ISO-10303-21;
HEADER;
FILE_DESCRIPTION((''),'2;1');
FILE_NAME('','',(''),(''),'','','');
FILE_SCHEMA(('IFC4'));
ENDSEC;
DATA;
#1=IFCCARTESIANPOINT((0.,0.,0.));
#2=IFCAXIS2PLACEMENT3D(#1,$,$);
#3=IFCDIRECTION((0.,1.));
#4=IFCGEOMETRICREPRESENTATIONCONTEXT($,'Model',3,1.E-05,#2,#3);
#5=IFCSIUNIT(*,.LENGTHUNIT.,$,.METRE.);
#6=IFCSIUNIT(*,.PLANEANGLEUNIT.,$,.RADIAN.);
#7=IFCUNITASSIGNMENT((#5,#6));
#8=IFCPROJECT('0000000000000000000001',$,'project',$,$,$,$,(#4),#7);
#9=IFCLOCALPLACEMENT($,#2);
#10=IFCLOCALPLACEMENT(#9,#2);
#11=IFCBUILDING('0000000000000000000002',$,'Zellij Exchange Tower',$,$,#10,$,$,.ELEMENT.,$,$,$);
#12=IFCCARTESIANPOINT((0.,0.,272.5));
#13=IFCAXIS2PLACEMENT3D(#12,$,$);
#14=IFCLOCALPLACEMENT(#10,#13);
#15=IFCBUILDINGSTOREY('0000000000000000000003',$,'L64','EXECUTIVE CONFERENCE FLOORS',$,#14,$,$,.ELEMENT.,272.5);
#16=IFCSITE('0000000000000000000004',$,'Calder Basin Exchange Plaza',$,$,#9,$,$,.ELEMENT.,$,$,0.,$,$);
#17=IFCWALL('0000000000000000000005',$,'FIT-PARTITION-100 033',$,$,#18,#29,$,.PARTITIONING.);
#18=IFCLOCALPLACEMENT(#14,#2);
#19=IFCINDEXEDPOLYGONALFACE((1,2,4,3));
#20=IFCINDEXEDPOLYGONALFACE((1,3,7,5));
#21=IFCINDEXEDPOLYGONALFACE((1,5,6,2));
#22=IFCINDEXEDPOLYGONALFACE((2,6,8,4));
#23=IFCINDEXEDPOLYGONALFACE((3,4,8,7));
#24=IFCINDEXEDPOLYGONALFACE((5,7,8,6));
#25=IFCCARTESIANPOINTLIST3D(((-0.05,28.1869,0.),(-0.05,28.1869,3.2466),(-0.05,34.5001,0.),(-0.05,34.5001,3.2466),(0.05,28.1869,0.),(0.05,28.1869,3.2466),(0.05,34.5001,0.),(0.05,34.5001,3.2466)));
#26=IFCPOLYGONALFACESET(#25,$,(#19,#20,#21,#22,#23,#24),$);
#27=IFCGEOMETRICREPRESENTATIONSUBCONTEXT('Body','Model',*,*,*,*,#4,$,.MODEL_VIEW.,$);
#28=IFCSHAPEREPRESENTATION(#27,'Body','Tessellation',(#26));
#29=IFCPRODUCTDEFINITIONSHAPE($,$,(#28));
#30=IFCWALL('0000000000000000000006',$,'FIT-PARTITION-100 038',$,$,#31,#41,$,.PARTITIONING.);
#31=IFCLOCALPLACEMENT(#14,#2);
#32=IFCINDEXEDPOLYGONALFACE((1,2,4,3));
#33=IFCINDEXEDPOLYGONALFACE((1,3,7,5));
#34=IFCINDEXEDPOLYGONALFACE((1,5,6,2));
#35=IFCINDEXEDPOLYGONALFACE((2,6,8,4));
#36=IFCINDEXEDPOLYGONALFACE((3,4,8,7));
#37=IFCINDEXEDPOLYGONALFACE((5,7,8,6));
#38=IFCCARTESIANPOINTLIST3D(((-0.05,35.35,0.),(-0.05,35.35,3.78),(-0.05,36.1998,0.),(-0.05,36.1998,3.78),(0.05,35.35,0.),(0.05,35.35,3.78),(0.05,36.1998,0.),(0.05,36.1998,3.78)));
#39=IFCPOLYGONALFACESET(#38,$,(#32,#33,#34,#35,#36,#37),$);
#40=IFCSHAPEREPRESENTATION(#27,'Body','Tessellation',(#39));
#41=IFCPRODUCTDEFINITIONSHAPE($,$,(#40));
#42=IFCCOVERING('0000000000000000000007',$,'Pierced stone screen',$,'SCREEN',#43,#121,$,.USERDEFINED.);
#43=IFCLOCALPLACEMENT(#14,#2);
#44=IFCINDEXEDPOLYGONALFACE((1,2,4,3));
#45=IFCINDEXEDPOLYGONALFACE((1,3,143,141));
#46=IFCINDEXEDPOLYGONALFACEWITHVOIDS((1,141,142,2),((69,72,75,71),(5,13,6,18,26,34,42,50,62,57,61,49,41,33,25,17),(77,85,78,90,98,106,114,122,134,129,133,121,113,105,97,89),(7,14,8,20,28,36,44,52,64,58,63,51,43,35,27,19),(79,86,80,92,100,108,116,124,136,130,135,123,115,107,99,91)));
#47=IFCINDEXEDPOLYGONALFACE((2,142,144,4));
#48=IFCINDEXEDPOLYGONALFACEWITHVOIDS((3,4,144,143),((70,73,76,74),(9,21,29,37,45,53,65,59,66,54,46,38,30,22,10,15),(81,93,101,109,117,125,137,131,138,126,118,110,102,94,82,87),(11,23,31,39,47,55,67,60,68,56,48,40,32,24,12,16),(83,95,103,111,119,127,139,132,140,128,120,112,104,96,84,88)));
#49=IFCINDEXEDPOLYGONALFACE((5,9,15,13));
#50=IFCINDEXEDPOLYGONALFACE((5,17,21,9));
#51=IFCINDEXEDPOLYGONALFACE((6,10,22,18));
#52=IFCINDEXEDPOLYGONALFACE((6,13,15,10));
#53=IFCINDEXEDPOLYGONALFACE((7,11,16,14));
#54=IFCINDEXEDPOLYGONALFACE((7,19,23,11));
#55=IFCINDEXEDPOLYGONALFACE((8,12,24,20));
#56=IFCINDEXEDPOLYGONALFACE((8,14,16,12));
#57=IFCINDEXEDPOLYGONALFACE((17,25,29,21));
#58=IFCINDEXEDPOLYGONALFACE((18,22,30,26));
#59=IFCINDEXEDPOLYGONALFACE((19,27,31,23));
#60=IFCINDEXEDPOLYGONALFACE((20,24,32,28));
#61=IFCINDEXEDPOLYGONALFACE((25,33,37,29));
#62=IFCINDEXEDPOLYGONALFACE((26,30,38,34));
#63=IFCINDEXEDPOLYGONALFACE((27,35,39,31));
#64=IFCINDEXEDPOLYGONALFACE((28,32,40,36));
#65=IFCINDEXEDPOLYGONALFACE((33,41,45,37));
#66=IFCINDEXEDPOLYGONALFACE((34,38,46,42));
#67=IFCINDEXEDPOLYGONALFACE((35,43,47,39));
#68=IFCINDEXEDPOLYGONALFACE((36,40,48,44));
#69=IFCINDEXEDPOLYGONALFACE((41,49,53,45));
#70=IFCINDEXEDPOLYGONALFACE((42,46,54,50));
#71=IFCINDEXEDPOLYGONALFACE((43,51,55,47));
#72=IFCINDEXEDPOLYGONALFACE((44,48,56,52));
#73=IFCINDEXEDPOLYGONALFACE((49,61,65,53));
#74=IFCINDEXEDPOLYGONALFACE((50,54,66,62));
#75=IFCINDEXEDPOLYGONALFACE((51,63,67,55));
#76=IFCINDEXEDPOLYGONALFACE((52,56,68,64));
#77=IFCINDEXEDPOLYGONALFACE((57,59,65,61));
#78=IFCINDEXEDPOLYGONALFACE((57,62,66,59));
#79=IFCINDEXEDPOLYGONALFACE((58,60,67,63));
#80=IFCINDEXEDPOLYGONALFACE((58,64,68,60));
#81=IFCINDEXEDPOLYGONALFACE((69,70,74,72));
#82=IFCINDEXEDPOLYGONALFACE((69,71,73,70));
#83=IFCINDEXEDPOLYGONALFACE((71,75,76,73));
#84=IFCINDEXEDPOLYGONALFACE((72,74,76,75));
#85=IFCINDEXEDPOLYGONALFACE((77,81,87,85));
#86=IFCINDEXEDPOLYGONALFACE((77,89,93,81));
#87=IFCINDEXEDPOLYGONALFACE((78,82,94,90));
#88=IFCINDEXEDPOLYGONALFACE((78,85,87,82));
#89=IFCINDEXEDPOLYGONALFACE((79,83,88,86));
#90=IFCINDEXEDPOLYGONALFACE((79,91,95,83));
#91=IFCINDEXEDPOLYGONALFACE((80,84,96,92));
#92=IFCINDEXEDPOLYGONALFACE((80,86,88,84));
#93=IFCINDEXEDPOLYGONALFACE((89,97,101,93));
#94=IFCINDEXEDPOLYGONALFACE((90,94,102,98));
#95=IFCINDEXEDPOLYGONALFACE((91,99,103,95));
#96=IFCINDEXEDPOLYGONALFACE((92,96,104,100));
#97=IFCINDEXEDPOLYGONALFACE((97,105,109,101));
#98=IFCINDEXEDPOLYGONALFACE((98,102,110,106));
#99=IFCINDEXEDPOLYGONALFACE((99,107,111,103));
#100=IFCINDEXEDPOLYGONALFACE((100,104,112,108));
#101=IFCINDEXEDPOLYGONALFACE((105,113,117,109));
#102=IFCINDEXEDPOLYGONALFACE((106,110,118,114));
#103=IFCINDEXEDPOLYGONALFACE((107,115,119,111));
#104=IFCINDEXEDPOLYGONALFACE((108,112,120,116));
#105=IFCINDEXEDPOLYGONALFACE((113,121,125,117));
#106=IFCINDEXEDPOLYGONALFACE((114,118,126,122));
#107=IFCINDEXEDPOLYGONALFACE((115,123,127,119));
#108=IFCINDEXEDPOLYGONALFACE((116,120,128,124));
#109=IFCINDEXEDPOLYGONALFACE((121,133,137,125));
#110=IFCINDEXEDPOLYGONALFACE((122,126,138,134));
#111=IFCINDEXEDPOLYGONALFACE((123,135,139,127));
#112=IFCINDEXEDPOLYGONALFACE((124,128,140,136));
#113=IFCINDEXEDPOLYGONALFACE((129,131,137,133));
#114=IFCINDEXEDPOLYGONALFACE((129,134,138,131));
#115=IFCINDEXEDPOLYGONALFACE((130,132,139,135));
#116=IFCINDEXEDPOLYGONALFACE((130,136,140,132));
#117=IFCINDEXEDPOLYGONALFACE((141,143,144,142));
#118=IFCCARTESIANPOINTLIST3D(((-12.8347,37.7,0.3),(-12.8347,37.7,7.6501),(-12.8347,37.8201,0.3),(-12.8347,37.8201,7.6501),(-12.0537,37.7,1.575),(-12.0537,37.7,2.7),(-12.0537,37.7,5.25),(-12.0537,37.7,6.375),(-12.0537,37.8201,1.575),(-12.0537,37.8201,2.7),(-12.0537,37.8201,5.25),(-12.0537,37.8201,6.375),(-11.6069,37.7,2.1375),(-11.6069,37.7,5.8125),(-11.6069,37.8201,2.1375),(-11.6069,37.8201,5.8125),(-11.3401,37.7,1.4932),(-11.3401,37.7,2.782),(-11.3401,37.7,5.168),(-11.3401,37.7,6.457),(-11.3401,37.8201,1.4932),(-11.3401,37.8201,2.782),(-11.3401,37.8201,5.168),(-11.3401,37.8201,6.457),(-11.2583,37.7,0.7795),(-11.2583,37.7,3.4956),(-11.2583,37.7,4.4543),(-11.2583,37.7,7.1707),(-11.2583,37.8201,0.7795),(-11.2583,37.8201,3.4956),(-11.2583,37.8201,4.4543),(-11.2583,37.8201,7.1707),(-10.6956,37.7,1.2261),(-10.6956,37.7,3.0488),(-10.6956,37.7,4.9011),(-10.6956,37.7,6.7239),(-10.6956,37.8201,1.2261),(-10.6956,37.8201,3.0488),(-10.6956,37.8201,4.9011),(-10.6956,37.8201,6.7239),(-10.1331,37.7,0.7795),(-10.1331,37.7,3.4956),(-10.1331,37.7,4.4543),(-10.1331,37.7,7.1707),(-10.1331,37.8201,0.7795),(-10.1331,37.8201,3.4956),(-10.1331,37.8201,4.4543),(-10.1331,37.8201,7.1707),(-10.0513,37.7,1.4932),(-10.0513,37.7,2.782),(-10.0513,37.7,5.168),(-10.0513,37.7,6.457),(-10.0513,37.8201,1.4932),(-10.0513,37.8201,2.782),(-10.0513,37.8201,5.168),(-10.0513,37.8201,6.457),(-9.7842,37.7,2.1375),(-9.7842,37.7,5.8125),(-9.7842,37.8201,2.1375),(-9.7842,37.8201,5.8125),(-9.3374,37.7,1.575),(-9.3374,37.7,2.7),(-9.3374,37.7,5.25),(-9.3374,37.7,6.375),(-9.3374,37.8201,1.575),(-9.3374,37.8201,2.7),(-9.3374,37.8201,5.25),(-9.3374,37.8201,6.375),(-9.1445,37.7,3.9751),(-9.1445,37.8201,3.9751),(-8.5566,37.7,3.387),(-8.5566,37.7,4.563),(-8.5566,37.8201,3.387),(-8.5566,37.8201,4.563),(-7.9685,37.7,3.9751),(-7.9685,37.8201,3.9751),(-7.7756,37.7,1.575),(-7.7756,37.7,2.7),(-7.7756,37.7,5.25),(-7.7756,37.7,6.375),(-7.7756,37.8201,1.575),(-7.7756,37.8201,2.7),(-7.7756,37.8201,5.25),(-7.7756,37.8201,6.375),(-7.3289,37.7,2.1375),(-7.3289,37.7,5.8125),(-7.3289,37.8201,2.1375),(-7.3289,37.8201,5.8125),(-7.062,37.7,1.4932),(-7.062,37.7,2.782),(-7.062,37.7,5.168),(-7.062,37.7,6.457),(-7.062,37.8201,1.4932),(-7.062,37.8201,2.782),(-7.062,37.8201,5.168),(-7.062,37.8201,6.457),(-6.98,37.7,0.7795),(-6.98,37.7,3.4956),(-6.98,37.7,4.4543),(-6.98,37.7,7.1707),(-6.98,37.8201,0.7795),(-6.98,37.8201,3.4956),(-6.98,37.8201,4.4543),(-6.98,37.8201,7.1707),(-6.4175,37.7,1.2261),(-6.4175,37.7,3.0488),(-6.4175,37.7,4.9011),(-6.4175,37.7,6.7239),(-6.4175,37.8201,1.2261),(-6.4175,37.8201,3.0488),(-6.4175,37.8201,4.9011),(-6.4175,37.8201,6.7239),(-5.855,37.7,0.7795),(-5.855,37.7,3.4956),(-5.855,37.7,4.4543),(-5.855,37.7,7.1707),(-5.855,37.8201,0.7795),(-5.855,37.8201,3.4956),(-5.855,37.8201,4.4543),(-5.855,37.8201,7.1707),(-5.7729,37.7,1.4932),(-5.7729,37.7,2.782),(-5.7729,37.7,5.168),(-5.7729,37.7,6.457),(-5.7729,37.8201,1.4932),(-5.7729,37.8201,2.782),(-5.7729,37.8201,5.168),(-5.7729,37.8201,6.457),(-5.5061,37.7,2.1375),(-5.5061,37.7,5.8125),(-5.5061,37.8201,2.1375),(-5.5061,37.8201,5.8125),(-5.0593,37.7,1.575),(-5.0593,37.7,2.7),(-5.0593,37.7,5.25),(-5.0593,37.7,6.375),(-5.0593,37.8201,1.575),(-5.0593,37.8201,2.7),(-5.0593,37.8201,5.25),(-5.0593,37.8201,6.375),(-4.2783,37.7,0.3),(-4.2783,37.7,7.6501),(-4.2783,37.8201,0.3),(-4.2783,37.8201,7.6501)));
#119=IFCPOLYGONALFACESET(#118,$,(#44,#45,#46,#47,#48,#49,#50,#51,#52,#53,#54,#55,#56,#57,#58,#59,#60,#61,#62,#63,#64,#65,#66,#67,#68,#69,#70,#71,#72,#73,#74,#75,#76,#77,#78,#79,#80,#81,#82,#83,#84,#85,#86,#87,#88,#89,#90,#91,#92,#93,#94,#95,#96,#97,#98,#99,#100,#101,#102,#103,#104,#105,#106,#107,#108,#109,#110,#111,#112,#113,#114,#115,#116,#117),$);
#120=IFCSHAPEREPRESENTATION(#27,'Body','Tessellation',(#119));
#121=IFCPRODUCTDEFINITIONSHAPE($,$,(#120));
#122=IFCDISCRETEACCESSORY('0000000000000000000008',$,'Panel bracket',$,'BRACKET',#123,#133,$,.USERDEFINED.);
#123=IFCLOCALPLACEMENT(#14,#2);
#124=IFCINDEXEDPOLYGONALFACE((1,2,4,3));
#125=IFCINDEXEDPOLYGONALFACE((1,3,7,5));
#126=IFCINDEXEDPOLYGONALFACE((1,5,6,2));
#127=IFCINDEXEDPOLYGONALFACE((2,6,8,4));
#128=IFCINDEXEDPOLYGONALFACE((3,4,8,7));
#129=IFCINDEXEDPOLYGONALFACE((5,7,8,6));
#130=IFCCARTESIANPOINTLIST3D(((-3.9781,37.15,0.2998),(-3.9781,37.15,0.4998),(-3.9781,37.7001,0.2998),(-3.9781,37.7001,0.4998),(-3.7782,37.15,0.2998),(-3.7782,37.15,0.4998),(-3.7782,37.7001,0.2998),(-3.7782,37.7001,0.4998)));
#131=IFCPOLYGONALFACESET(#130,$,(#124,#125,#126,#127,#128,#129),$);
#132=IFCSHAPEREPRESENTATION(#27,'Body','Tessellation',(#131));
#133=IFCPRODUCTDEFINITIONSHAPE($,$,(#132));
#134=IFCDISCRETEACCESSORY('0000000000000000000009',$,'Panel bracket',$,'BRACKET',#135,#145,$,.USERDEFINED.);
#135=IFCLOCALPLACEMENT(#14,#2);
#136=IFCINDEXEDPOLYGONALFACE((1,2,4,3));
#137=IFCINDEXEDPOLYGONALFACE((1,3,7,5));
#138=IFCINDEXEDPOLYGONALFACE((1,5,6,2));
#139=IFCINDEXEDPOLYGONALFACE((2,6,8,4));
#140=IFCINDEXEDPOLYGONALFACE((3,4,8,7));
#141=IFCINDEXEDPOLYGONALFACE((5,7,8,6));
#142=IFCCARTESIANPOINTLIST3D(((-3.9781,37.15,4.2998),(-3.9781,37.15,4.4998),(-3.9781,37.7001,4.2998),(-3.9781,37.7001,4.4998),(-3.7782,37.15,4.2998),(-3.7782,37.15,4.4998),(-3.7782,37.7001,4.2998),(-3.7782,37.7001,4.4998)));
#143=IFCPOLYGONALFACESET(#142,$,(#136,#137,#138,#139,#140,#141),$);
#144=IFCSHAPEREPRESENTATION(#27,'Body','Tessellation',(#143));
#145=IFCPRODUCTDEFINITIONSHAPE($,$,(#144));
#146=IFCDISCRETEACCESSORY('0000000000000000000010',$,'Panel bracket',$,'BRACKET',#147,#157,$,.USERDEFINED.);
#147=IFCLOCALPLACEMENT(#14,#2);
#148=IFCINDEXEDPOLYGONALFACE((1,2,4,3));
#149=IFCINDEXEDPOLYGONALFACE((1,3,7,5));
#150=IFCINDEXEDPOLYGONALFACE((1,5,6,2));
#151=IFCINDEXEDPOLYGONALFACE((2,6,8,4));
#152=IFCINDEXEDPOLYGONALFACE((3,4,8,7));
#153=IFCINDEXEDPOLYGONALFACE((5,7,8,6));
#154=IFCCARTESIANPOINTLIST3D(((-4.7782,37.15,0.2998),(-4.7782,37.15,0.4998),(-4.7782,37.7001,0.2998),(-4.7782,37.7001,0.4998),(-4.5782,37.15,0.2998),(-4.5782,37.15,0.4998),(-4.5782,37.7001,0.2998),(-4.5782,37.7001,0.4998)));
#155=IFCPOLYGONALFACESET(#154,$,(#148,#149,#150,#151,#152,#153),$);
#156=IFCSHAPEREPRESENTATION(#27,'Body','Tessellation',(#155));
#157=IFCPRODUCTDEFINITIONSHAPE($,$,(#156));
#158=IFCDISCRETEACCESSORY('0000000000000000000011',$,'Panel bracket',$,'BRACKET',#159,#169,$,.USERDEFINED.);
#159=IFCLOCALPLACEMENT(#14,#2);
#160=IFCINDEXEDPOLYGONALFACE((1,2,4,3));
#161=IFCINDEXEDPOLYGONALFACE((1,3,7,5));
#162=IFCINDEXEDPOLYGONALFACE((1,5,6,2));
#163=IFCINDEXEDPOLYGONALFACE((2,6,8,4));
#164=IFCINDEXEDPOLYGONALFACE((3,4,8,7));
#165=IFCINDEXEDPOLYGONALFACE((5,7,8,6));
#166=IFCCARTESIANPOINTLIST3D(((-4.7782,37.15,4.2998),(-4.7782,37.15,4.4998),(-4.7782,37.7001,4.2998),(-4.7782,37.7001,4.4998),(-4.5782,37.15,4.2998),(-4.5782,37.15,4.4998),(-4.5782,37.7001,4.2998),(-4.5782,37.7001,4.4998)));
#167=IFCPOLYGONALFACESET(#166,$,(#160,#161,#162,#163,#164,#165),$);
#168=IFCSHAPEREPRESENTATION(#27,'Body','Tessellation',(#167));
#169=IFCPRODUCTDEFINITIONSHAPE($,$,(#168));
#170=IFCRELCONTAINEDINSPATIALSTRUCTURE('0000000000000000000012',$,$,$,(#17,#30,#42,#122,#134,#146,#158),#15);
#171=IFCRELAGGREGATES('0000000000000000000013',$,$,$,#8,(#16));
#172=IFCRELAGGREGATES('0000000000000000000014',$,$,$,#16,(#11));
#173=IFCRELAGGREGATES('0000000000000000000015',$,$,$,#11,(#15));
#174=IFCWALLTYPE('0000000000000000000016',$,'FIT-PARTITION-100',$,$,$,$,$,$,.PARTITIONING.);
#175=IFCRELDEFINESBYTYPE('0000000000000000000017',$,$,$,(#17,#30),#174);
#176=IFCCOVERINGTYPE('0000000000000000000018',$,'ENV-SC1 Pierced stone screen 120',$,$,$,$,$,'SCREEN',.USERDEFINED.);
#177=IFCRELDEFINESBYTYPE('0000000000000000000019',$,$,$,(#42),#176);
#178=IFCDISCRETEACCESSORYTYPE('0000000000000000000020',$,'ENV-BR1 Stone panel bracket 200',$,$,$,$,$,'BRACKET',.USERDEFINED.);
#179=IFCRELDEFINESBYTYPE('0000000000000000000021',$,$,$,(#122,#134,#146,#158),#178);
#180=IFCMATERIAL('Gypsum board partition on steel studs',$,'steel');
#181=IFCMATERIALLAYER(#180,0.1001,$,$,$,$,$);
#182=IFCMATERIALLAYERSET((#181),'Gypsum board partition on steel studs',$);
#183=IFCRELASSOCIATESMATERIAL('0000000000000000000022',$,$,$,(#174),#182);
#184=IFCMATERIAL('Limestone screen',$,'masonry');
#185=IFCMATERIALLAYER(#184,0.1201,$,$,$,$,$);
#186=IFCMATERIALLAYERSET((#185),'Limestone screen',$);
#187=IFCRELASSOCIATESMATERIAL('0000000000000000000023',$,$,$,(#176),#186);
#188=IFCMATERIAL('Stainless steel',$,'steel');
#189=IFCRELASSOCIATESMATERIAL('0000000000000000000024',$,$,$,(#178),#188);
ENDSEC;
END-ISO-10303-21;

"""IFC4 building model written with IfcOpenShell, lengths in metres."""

from ifc_helpers import new_model, si_unit, direction, frame, frame_2d, origin, origin_2d, place, context, subcontext, project, spatial, polyline, rectangle, outline, extrude, material, layer, layer_set, type_object, element, save


model = new_model("IFC4")

# Units and contexts
model_context = context("Model", 3, precision=1e-05, world=origin(), true_north=direction((0.0, 1.0)))
body_context = subcontext(model_context, "Body", "Model", "MODEL_VIEW")
ifc_project = project(units=[si_unit("LENGTHUNIT", "METRE"), si_unit("PLANEANGLEUNIT", "RADIAN")], contexts=[model_context])

# Site, building, storey
site_placement = place(None, origin())
site = spatial("IfcSite", under=ifc_project, at=site_placement, Name="Calder Basin Exchange Plaza", CompositionType="ELEMENT", RefElevation=0.0)
building_placement = place(site_placement, origin())
building = spatial("IfcBuilding", under=site, at=building_placement, Name="Zellij Exchange Tower", CompositionType="ELEMENT")
storey_placement = place(building_placement, frame((0.0, 0.0, 272.5)))
storey = spatial("IfcBuildingStorey", under=building, at=storey_placement, Name="L64", Description="EXECUTIVE CONFERENCE FLOORS", CompositionType="ELEMENT", Elevation=272.5)

# Shared definitions
ifc_material_1 = material(Name="Gypsum board partition on steel studs", Category="steel")
ifc_layer_1 = layer(ifc_material_1, 0.1001)
ifc_layer_set_1 = layer_set([ifc_layer_1], Name="Gypsum board partition on steel studs")
wall_type = type_object("IfcWallType", Name="FIT-PARTITION-100", PredefinedType="PARTITIONING", material=ifc_layer_set_1)

# Walls
wall_1_placement = place(storey_placement, frame((0.0, 28.1868, 0.0), z_axis=(0.0, 0.0, 1.0), x_axis=(0.0, 1.0, 0.0)))
element("IfcWall", 1, at=wall_1_placement, inside=storey, type_object=wall_type, Name="FIT-PARTITION-100 033", PredefinedType="PARTITIONING", context=body_context, shape_type="SweptSolid", body=[
    extrude(rectangle(XDim=6.3132, YDim=0.1001, at=frame_2d((3.1567, 0.0))), origin(), (0.0, 0.0, 1.0), 3.2466),
])
wall_2_placement = place(storey_placement, frame((0.0, 35.3501, 0.0), z_axis=(0.0, 0.0, 1.0), x_axis=(0.0, 1.0, 0.0)))
element("IfcWall", 2, at=wall_2_placement, inside=storey, type_object=wall_type, Name="FIT-PARTITION-100 038", PredefinedType="PARTITIONING", context=body_context, shape_type="SweptSolid", body=[
    extrude(rectangle(XDim=0.8499, YDim=0.1001, at=frame_2d((0.4248, 0.0))), origin(), (0.0, 0.0, 1.0), 3.78),
])

# Covering
ifc_material_2 = material(Name="Limestone screen", Category="masonry")
ifc_layer_2 = layer(ifc_material_2, 0.1201)
ifc_layer_set_2 = layer_set([ifc_layer_2], Name="Limestone screen")
covering_type = type_object("IfcCoveringType", Name="ENV-SC1 Pierced stone screen 120", ElementType="SCREEN", PredefinedType="USERDEFINED", material=ifc_layer_set_2)
covering_placement = place(storey_placement, frame((-4.2783, 37.76, 0.3), z_axis=(0.0, 0.0, 1.0), x_axis=(-1.0, 0.0, 0.0)))
element("IfcCovering", 3, at=covering_placement, inside=storey, type_object=covering_type, Name="Pierced stone screen", ObjectType="SCREEN", PredefinedType="USERDEFINED", context=body_context, shape_type="SweptSolid", body=[
    extrude(outline(polyline([(0.0, 0.0), (8.5564, 0.0), (8.5564, 7.3501), (0.0, 7.3501), (0.0, 0.0)]), holes=[polyline([(3.4973, 2.3999), (2.7837, 2.4819), (2.7017, 3.1956), (2.1392, 2.7488), (1.5767, 3.1956), (1.4946, 2.4819), (0.781, 2.3999), (1.2278, 1.8374), (0.781, 1.2749), (1.4946, 1.1931), (1.5767, 0.4795), (2.1392, 0.926), (2.7017, 0.4795), (2.7837, 1.1931), (3.4973, 1.2749), (3.0505, 1.8374), (3.4973, 2.3999)]), polyline([(3.4973, 6.075), (2.7837, 6.157), (2.7017, 6.8706), (2.1392, 6.4238), (1.5767, 6.8706), (1.4946, 6.157), (0.781, 6.075), (1.2278, 5.5125), (0.781, 4.95), (1.4946, 4.8679), (1.5767, 4.1543), (2.1392, 4.6011), (2.7017, 4.1543), (2.7837, 4.8679), (3.4973, 4.95), (3.0505, 5.5125), (3.4973, 6.075)]), polyline([(7.7754, 2.3999), (7.0618, 2.4819), (6.98, 3.1956), (6.4172, 2.7488), (5.8547, 3.1956), (5.7729, 2.4819), (5.0591, 2.3999), (5.5059, 1.8374), (5.0591, 1.2749), (5.7729, 1.1931), (5.8547, 0.4795), (6.4172, 0.926), (6.98, 0.4795), (7.0618, 1.1931), (7.7754, 1.2749), (7.3286, 1.8374), (7.7754, 2.3999)]), polyline([(7.7754, 6.075), (7.0618, 6.157), (6.98, 6.8706), (6.4172, 6.4238), (5.8547, 6.8706), (5.7729, 6.157), (5.0591, 6.075), (5.5059, 5.5125), (5.0591, 4.95), (5.7729, 4.8679), (5.8547, 4.1543), (6.4172, 4.6011), (6.98, 4.1543), (7.0618, 4.8679), (7.7754, 4.95), (7.3286, 5.5125), (7.7754, 6.075)]), polyline([(4.8662, 3.675), (4.2783, 4.2629), (3.6902, 3.675), (4.2783, 3.0869), (4.8662, 3.675)])]), frame((0.0, 0.0601, 0.0), z_axis=(0.0, -1.0, 0.0), x_axis=(1.0, 0.0, 0.0)), (0.0, 0.0, 1.0), 0.1201),
])

# Discrete accessories
ifc_material_3 = material(Name="Stainless steel", Category="steel")
discrete_accessory_type = type_object("IfcDiscreteAccessoryType", Name="ENV-BR1 Stone panel bracket 200", ElementType="BRACKET", PredefinedType="USERDEFINED", material=ifc_material_3)
for number, where, z_axis, x_axis, name in (
    (4, (-3.8782, 37.425, 0.2998), (0.0, 0.0, 1.0), (-1.0, 0.0, 0.0), "Panel bracket"),
    (5, (-3.8782, 37.425, 4.2998), (0.0, 0.0, 1.0), (-1.0, 0.0, 0.0), "Panel bracket"),
    (6, (-4.6782, 37.425, 0.2998), (0.0, 0.0, 1.0), (-1.0, 0.0, 0.0), "Panel bracket"),
    (7, (-4.6782, 37.425, 4.2998), (0.0, 0.0, 1.0), (-1.0, 0.0, 0.0), "Panel bracket"),
):
    element("IfcDiscreteAccessory", number, at=place(storey_placement, frame(where, z_axis=z_axis, x_axis=x_axis)), inside=storey, type_object=discrete_accessory_type, Name=name, ObjectType="BRACKET", PredefinedType="USERDEFINED", context=body_context, shape_type="SweptSolid", body=[
        extrude(rectangle(XDim=0.2, YDim=0.55, at=origin_2d()), origin(), (0.0, 0.0, 1.0), 0.2),
    ])

save(model, "model.ifc")
